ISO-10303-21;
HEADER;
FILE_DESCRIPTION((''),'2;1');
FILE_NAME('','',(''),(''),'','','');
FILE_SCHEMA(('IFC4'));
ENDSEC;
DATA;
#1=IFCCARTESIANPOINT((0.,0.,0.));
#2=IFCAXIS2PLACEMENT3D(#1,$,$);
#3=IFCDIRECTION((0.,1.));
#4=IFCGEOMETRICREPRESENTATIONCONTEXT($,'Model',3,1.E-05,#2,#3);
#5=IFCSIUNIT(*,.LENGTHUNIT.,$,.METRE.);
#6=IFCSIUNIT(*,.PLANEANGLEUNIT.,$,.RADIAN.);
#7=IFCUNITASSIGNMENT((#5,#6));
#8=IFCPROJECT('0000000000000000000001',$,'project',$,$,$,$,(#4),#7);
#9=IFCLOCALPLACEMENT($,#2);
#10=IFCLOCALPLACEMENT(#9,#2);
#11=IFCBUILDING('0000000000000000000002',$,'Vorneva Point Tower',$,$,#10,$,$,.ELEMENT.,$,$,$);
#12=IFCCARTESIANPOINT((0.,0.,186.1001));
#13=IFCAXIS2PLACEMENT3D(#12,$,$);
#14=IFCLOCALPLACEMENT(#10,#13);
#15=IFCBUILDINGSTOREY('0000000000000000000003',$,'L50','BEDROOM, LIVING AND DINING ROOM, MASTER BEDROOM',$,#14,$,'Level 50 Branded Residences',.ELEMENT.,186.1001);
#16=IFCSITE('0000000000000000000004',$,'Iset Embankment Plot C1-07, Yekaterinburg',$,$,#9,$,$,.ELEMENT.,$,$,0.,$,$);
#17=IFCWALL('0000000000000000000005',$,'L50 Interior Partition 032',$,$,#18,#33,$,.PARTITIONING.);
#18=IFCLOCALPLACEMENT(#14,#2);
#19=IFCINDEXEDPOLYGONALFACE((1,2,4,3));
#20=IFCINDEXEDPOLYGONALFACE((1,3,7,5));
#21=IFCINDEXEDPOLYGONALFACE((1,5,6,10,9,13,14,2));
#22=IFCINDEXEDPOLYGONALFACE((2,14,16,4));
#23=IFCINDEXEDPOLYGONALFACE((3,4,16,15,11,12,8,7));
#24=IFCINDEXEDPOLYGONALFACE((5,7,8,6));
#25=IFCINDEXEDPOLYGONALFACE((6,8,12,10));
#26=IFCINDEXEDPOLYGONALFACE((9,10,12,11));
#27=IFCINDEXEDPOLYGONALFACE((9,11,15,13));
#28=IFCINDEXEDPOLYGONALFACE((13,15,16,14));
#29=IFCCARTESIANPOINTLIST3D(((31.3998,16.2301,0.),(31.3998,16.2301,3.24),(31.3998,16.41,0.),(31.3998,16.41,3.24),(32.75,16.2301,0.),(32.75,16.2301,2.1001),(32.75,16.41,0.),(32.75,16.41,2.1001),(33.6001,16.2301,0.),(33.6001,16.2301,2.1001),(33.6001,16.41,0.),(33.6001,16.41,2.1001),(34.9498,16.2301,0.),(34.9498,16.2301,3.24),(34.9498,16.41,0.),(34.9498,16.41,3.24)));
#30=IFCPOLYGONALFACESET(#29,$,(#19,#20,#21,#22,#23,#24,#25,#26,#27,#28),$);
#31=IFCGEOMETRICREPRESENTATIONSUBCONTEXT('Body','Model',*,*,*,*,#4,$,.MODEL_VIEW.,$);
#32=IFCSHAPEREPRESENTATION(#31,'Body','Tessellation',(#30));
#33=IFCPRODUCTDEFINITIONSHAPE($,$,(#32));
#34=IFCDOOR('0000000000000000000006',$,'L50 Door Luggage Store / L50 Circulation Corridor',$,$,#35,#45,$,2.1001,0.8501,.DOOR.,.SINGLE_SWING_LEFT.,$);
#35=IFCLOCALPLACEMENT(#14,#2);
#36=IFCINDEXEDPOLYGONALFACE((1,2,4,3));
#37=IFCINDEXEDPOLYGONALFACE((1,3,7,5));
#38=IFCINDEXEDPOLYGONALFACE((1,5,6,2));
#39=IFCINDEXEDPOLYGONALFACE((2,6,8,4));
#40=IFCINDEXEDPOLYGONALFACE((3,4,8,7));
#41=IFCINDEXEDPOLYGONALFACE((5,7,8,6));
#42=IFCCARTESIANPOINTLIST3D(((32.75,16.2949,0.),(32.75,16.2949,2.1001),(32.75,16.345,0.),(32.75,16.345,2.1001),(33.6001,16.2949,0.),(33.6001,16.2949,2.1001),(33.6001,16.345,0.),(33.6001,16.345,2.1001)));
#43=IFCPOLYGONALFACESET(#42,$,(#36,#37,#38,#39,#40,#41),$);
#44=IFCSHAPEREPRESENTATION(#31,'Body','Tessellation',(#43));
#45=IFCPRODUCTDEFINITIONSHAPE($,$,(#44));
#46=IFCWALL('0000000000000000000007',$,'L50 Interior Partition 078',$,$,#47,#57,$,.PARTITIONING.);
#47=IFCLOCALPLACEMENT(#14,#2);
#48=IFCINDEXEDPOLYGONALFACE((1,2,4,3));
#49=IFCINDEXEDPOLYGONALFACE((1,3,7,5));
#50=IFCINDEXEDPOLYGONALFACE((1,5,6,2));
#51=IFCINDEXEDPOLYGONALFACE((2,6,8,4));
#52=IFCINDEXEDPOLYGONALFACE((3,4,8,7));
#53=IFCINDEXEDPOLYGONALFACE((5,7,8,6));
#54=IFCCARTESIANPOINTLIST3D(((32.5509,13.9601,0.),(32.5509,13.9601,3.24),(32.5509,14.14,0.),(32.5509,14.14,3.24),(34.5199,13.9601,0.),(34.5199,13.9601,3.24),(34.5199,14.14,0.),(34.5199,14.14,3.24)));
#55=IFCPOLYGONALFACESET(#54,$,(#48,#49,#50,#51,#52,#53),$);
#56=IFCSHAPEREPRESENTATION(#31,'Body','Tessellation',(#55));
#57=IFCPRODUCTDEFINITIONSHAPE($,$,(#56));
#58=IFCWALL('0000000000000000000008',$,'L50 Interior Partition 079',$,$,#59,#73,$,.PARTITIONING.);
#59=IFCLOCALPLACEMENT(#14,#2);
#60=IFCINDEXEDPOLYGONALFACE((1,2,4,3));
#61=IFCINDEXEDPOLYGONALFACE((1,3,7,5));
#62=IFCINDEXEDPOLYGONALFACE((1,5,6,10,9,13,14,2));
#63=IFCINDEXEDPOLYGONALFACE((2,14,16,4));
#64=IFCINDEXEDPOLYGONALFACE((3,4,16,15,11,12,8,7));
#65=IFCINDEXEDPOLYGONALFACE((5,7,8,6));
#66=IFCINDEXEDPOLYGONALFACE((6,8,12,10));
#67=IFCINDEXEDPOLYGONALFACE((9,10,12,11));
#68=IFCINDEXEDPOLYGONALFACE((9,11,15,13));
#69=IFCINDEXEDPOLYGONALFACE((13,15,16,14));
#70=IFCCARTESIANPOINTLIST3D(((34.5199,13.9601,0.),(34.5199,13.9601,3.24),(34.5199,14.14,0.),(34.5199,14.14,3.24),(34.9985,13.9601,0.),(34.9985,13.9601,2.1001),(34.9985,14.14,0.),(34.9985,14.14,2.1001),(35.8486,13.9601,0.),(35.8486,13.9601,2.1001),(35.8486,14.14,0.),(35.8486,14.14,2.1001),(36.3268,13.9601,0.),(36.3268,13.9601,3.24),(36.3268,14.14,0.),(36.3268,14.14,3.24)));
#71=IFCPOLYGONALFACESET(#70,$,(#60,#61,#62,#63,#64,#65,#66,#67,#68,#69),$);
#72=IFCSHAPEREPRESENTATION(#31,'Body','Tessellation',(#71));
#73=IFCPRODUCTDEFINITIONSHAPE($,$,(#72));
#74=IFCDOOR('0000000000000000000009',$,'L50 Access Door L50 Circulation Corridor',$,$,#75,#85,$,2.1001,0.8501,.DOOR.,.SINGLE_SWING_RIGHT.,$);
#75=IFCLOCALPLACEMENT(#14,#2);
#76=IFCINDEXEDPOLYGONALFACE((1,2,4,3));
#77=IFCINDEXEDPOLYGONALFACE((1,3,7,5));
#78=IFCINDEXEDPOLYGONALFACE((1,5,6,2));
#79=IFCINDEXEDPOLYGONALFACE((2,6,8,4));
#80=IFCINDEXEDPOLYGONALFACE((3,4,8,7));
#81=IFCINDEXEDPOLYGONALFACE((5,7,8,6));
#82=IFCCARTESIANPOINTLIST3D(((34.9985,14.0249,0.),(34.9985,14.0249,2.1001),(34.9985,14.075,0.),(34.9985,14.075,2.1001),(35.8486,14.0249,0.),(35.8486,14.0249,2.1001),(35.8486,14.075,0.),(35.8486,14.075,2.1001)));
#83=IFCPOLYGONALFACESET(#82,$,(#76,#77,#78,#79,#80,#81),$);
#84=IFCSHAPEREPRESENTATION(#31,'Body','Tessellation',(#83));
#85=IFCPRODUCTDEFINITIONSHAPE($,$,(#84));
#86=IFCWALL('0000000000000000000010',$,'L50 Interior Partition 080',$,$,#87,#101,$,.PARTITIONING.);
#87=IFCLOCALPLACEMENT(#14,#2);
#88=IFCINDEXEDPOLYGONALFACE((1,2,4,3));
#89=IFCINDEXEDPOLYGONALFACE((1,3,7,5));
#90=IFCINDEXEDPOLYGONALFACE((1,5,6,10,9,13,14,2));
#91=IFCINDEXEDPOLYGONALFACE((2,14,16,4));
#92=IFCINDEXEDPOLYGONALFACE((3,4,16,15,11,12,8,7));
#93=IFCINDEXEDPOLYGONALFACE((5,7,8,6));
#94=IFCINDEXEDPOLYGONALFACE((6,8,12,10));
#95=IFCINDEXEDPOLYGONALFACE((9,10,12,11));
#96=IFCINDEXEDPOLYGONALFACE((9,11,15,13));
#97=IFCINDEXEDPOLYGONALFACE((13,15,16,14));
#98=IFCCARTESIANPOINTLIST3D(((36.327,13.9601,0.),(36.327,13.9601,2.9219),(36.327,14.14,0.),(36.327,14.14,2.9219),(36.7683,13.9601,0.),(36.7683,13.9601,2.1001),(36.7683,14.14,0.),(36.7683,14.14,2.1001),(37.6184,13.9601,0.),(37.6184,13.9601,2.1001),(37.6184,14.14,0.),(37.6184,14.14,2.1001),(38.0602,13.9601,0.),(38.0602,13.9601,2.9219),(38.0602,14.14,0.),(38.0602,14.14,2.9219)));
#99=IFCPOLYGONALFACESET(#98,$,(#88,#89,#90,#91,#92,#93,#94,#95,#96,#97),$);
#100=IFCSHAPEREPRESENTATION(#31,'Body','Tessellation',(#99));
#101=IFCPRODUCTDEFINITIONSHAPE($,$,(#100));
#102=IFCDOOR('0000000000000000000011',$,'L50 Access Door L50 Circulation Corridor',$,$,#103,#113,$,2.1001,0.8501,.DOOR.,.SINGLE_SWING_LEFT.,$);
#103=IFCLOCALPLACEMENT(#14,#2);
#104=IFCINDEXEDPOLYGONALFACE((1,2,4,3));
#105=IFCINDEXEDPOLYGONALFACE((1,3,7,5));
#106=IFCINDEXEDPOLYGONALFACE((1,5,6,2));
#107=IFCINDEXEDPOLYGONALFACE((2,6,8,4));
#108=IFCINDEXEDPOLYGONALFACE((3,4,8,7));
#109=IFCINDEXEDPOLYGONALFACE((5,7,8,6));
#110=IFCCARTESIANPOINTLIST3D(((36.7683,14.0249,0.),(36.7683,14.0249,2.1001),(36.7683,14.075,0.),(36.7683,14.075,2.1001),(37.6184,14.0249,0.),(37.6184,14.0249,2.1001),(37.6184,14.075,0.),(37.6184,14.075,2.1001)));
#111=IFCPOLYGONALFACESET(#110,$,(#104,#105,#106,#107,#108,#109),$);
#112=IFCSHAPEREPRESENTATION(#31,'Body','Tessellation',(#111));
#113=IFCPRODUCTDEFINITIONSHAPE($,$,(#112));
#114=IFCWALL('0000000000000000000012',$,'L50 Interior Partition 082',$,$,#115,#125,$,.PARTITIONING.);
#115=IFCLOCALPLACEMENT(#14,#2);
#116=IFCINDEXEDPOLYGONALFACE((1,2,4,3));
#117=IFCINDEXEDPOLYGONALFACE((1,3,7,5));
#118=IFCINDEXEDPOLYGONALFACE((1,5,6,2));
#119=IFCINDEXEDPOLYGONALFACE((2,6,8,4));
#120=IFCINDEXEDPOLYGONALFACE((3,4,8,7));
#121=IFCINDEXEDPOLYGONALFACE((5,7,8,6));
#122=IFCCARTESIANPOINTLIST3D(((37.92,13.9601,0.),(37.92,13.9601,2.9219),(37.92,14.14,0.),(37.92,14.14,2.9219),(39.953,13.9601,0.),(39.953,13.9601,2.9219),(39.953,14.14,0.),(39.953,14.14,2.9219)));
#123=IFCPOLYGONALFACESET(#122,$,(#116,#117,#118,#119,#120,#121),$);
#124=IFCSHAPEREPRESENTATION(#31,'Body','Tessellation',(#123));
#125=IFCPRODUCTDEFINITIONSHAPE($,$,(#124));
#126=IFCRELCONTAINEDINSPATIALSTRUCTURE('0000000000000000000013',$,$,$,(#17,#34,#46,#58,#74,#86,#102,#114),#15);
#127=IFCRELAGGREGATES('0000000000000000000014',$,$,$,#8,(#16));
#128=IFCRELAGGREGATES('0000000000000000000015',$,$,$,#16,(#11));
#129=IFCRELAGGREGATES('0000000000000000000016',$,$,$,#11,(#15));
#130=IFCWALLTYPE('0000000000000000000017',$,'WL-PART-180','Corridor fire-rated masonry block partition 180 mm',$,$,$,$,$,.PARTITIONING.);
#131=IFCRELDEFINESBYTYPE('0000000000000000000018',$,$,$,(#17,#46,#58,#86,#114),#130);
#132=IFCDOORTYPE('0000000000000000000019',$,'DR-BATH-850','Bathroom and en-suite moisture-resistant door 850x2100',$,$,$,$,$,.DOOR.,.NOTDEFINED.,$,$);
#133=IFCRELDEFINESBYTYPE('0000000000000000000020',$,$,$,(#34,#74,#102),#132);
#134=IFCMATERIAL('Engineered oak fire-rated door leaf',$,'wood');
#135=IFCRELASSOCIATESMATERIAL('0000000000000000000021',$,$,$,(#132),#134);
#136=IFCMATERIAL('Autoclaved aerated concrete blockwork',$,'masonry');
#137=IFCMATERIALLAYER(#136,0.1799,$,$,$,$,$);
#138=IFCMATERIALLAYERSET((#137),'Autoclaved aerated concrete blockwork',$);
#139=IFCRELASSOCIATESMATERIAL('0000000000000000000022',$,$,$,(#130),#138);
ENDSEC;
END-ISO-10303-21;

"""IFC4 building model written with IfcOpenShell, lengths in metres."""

from ifc_helpers import new_model, si_unit, direction, frame, frame_2d, origin, place, context, subcontext, project, spatial, rectangle, extrude, material, layer, layer_set, type_object, element, fill, save


model = new_model("IFC4")

# Units and contexts
model_context = context("Model", 3, precision=1e-05, world=origin(), true_north=direction((0.0, 1.0)))
body_context = subcontext(model_context, "Body", "Model", "MODEL_VIEW")
ifc_project = project(units=[si_unit("LENGTHUNIT", "METRE"), si_unit("PLANEANGLEUNIT", "RADIAN")], contexts=[model_context])

# Site, building, storey
site_placement = place(None, origin())
site = spatial("IfcSite", under=ifc_project, at=site_placement, Name="Iset Embankment Plot C1-07, Yekaterinburg", CompositionType="ELEMENT", RefElevation=0.0)
building_placement = place(site_placement, origin())
building = spatial("IfcBuilding", under=site, at=building_placement, Name="Vorneva Point Tower", CompositionType="ELEMENT")
storey_placement = place(building_placement, frame((0.0, 0.0, 186.1001)))
storey = spatial("IfcBuildingStorey", under=building, at=storey_placement, Name="L50", Description="BEDROOM, LIVING AND DINING ROOM, MASTER BEDROOM", LongName="Level 50 Branded Residences", CompositionType="ELEMENT", Elevation=186.1001)

# Shared definitions
ifc_material_1 = material(Name="Engineered oak fire-rated door leaf", Category="wood")
door_type_1 = type_object("IfcDoorType", Name="DR-BATH-850", Description="Bathroom and en-suite moisture-resistant door 850x2100", OperationType="NOTDEFINED", PredefinedType="DOOR", material=ifc_material_1)

# Wall, opening, door
ifc_material_2 = material(Name="Autoclaved aerated concrete blockwork", Category="masonry")
ifc_layer_1 = layer(ifc_material_2, 0.1799)
ifc_layer_set_1 = layer_set([ifc_layer_1], Name="Autoclaved aerated concrete blockwork")
wall_type_1 = type_object("IfcWallType", Name="WL-PART-180", Description="Corridor fire-rated masonry block partition 180 mm", PredefinedType="PARTITIONING", material=ifc_layer_set_1)
wall_1_placement = place(storey_placement, frame((31.3999, 16.3201, 0.0), z_axis=(0.0, 0.0, 1.0), x_axis=(1.0, 0.0, 0.0)))
wall_1 = element("IfcWall", 1, at=wall_1_placement, inside=storey, type_object=wall_type_1, Name="L50 Interior Partition 032", PredefinedType="PARTITIONING", context=body_context, shape_type="SweptSolid", body=[
    extrude(rectangle(XDim=3.55, YDim=0.1799, at=frame_2d((1.7749, 0.0))), origin(), (0.0, 0.0, 1.0), 3.24),
])
opening_1_placement = place(wall_1_placement, frame((1.3501, 0.0, 0.0)))
opening_1 = element("IfcOpeningElement", 2, at=opening_1_placement, cuts=wall_1, PredefinedType="OPENING", context=body_context, shape_type="SweptSolid", body=[
    extrude(rectangle(XDim=0.8501, YDim=2.1001, at=frame_2d((0.425, 1.05))), frame((0.0, 0.105, 0.0), z_axis=(0.0, -1.0, 0.0), x_axis=(1.0, 0.0, 0.0)), (0.0, 0.0, 1.0), 0.2097),
])
door_1_placement = place(opening_1_placement, origin())
door_1 = element("IfcDoor", 3, at=door_1_placement, inside=storey, type_object=door_type_1, Name="L50 Door Luggage Store / L50 Circulation Corridor", OperationType="SINGLE_SWING_LEFT", OverallHeight=2.1001, OverallWidth=0.8501, PredefinedType="DOOR", context=body_context, shape_type="SweptSolid", body=[
    extrude(rectangle(XDim=0.8501, YDim=2.1001, at=frame_2d((0.425, 1.05))), frame((0.0, 0.0249, 0.0), z_axis=(0.0, -1.0, 0.0), x_axis=(1.0, 0.0, 0.0)), (0.0, 0.0, 1.0), 0.05),
])
fill(opening_1, door_1)

# Wall
wall_2_placement = place(storey_placement, frame((32.551, 14.05, 0.0), z_axis=(0.0, 0.0, 1.0), x_axis=(1.0, 0.0, 0.0)))
element("IfcWall", 4, at=wall_2_placement, inside=storey, type_object=wall_type_1, Name="L50 Interior Partition 078", PredefinedType="PARTITIONING", context=body_context, shape_type="SweptSolid", body=[
    extrude(rectangle(XDim=1.969, YDim=0.1799, at=frame_2d((0.9844, 0.0))), origin(), (0.0, 0.0, 1.0), 3.24),
])

# Walls, openings, doors
wall_3_placement = place(storey_placement, frame((34.52, 14.05, 0.0), z_axis=(0.0, 0.0, 1.0), x_axis=(1.0, 0.0, 0.0)))
wall_3 = element("IfcWall", 5, at=wall_3_placement, inside=storey, type_object=wall_type_1, Name="L50 Interior Partition 079", PredefinedType="PARTITIONING", context=body_context, shape_type="SweptSolid", body=[
    extrude(rectangle(XDim=1.8069, YDim=0.1799, at=frame_2d((0.9033, 0.0))), origin(), (0.0, 0.0, 1.0), 3.24),
])
opening_2_placement = place(wall_3_placement, frame((0.4785, 0.0, 0.0)))
opening_2 = element("IfcOpeningElement", 6, at=opening_2_placement, cuts=wall_3, PredefinedType="OPENING", context=body_context, shape_type="SweptSolid", body=[
    extrude(rectangle(XDim=0.8501, YDim=2.1001, at=frame_2d((0.425, 1.05))), frame((0.0, 0.105, 0.0), z_axis=(0.0, -1.0, 0.0), x_axis=(1.0, 0.0, 0.0)), (0.0, 0.0, 1.0), 0.2097),
])
door_2_placement = place(opening_2_placement, origin())
door_2 = element("IfcDoor", 7, at=door_2_placement, inside=storey, type_object=door_type_1, Name="L50 Access Door L50 Circulation Corridor", OperationType="SINGLE_SWING_RIGHT", OverallHeight=2.1001, OverallWidth=0.8501, PredefinedType="DOOR", context=body_context, shape_type="SweptSolid", body=[
    extrude(rectangle(XDim=0.8501, YDim=2.1001, at=frame_2d((0.425, 1.05))), frame((0.0, 0.0249, 0.0), z_axis=(0.0, -1.0, 0.0), x_axis=(1.0, 0.0, 0.0)), (0.0, 0.0, 1.0), 0.05),
])
fill(opening_2, door_2)
wall_4_placement = place(storey_placement, frame((36.3269, 14.05, 0.0), z_axis=(0.0, 0.0, 1.0), x_axis=(1.0, 0.0, 0.0)))
wall_4 = element("IfcWall", 8, at=wall_4_placement, inside=storey, type_object=wall_type_1, Name="L50 Interior Partition 080", PredefinedType="PARTITIONING", context=body_context, shape_type="SweptSolid", body=[
    extrude(rectangle(XDim=1.7332, YDim=0.1799, at=frame_2d((0.8667, 0.0))), origin(), (0.0, 0.0, 1.0), 2.9219),
])
opening_3_placement = place(wall_4_placement, frame((0.4414, 0.0, 0.0)))
opening_3 = element("IfcOpeningElement", 9, at=opening_3_placement, cuts=wall_4, PredefinedType="OPENING", context=body_context, shape_type="SweptSolid", body=[
    extrude(rectangle(XDim=0.8501, YDim=2.1001, at=frame_2d((0.425, 1.05))), frame((0.0, 0.105, 0.0), z_axis=(0.0, -1.0, 0.0), x_axis=(1.0, 0.0, 0.0)), (0.0, 0.0, 1.0), 0.2097),
])
door_3_placement = place(opening_3_placement, origin())
door_3 = element("IfcDoor", 10, at=door_3_placement, inside=storey, type_object=door_type_1, Name="L50 Access Door L50 Circulation Corridor", OperationType="SINGLE_SWING_LEFT", OverallHeight=2.1001, OverallWidth=0.8501, PredefinedType="DOOR", context=body_context, shape_type="SweptSolid", body=[
    extrude(rectangle(XDim=0.8501, YDim=2.1001, at=frame_2d((0.425, 1.05))), frame((0.0, 0.0249, 0.0), z_axis=(0.0, -1.0, 0.0), x_axis=(1.0, 0.0, 0.0)), (0.0, 0.0, 1.0), 0.05),
])
fill(opening_3, door_3)

# Wall
wall_5_placement = place(storey_placement, frame((37.9199, 14.05, 0.0), z_axis=(0.0, 0.0, 1.0), x_axis=(1.0, 0.0, 0.0)))
element("IfcWall", 11, at=wall_5_placement, inside=storey, type_object=wall_type_1, Name="L50 Interior Partition 082", PredefinedType="PARTITIONING", context=body_context, shape_type="SweptSolid", body=[
    extrude(rectangle(XDim=2.033, YDim=0.1799, at=frame_2d((1.0166, 0.0))), origin(), (0.0, 0.0, 1.0), 2.9219),
])

save(model, "model.ifc")
